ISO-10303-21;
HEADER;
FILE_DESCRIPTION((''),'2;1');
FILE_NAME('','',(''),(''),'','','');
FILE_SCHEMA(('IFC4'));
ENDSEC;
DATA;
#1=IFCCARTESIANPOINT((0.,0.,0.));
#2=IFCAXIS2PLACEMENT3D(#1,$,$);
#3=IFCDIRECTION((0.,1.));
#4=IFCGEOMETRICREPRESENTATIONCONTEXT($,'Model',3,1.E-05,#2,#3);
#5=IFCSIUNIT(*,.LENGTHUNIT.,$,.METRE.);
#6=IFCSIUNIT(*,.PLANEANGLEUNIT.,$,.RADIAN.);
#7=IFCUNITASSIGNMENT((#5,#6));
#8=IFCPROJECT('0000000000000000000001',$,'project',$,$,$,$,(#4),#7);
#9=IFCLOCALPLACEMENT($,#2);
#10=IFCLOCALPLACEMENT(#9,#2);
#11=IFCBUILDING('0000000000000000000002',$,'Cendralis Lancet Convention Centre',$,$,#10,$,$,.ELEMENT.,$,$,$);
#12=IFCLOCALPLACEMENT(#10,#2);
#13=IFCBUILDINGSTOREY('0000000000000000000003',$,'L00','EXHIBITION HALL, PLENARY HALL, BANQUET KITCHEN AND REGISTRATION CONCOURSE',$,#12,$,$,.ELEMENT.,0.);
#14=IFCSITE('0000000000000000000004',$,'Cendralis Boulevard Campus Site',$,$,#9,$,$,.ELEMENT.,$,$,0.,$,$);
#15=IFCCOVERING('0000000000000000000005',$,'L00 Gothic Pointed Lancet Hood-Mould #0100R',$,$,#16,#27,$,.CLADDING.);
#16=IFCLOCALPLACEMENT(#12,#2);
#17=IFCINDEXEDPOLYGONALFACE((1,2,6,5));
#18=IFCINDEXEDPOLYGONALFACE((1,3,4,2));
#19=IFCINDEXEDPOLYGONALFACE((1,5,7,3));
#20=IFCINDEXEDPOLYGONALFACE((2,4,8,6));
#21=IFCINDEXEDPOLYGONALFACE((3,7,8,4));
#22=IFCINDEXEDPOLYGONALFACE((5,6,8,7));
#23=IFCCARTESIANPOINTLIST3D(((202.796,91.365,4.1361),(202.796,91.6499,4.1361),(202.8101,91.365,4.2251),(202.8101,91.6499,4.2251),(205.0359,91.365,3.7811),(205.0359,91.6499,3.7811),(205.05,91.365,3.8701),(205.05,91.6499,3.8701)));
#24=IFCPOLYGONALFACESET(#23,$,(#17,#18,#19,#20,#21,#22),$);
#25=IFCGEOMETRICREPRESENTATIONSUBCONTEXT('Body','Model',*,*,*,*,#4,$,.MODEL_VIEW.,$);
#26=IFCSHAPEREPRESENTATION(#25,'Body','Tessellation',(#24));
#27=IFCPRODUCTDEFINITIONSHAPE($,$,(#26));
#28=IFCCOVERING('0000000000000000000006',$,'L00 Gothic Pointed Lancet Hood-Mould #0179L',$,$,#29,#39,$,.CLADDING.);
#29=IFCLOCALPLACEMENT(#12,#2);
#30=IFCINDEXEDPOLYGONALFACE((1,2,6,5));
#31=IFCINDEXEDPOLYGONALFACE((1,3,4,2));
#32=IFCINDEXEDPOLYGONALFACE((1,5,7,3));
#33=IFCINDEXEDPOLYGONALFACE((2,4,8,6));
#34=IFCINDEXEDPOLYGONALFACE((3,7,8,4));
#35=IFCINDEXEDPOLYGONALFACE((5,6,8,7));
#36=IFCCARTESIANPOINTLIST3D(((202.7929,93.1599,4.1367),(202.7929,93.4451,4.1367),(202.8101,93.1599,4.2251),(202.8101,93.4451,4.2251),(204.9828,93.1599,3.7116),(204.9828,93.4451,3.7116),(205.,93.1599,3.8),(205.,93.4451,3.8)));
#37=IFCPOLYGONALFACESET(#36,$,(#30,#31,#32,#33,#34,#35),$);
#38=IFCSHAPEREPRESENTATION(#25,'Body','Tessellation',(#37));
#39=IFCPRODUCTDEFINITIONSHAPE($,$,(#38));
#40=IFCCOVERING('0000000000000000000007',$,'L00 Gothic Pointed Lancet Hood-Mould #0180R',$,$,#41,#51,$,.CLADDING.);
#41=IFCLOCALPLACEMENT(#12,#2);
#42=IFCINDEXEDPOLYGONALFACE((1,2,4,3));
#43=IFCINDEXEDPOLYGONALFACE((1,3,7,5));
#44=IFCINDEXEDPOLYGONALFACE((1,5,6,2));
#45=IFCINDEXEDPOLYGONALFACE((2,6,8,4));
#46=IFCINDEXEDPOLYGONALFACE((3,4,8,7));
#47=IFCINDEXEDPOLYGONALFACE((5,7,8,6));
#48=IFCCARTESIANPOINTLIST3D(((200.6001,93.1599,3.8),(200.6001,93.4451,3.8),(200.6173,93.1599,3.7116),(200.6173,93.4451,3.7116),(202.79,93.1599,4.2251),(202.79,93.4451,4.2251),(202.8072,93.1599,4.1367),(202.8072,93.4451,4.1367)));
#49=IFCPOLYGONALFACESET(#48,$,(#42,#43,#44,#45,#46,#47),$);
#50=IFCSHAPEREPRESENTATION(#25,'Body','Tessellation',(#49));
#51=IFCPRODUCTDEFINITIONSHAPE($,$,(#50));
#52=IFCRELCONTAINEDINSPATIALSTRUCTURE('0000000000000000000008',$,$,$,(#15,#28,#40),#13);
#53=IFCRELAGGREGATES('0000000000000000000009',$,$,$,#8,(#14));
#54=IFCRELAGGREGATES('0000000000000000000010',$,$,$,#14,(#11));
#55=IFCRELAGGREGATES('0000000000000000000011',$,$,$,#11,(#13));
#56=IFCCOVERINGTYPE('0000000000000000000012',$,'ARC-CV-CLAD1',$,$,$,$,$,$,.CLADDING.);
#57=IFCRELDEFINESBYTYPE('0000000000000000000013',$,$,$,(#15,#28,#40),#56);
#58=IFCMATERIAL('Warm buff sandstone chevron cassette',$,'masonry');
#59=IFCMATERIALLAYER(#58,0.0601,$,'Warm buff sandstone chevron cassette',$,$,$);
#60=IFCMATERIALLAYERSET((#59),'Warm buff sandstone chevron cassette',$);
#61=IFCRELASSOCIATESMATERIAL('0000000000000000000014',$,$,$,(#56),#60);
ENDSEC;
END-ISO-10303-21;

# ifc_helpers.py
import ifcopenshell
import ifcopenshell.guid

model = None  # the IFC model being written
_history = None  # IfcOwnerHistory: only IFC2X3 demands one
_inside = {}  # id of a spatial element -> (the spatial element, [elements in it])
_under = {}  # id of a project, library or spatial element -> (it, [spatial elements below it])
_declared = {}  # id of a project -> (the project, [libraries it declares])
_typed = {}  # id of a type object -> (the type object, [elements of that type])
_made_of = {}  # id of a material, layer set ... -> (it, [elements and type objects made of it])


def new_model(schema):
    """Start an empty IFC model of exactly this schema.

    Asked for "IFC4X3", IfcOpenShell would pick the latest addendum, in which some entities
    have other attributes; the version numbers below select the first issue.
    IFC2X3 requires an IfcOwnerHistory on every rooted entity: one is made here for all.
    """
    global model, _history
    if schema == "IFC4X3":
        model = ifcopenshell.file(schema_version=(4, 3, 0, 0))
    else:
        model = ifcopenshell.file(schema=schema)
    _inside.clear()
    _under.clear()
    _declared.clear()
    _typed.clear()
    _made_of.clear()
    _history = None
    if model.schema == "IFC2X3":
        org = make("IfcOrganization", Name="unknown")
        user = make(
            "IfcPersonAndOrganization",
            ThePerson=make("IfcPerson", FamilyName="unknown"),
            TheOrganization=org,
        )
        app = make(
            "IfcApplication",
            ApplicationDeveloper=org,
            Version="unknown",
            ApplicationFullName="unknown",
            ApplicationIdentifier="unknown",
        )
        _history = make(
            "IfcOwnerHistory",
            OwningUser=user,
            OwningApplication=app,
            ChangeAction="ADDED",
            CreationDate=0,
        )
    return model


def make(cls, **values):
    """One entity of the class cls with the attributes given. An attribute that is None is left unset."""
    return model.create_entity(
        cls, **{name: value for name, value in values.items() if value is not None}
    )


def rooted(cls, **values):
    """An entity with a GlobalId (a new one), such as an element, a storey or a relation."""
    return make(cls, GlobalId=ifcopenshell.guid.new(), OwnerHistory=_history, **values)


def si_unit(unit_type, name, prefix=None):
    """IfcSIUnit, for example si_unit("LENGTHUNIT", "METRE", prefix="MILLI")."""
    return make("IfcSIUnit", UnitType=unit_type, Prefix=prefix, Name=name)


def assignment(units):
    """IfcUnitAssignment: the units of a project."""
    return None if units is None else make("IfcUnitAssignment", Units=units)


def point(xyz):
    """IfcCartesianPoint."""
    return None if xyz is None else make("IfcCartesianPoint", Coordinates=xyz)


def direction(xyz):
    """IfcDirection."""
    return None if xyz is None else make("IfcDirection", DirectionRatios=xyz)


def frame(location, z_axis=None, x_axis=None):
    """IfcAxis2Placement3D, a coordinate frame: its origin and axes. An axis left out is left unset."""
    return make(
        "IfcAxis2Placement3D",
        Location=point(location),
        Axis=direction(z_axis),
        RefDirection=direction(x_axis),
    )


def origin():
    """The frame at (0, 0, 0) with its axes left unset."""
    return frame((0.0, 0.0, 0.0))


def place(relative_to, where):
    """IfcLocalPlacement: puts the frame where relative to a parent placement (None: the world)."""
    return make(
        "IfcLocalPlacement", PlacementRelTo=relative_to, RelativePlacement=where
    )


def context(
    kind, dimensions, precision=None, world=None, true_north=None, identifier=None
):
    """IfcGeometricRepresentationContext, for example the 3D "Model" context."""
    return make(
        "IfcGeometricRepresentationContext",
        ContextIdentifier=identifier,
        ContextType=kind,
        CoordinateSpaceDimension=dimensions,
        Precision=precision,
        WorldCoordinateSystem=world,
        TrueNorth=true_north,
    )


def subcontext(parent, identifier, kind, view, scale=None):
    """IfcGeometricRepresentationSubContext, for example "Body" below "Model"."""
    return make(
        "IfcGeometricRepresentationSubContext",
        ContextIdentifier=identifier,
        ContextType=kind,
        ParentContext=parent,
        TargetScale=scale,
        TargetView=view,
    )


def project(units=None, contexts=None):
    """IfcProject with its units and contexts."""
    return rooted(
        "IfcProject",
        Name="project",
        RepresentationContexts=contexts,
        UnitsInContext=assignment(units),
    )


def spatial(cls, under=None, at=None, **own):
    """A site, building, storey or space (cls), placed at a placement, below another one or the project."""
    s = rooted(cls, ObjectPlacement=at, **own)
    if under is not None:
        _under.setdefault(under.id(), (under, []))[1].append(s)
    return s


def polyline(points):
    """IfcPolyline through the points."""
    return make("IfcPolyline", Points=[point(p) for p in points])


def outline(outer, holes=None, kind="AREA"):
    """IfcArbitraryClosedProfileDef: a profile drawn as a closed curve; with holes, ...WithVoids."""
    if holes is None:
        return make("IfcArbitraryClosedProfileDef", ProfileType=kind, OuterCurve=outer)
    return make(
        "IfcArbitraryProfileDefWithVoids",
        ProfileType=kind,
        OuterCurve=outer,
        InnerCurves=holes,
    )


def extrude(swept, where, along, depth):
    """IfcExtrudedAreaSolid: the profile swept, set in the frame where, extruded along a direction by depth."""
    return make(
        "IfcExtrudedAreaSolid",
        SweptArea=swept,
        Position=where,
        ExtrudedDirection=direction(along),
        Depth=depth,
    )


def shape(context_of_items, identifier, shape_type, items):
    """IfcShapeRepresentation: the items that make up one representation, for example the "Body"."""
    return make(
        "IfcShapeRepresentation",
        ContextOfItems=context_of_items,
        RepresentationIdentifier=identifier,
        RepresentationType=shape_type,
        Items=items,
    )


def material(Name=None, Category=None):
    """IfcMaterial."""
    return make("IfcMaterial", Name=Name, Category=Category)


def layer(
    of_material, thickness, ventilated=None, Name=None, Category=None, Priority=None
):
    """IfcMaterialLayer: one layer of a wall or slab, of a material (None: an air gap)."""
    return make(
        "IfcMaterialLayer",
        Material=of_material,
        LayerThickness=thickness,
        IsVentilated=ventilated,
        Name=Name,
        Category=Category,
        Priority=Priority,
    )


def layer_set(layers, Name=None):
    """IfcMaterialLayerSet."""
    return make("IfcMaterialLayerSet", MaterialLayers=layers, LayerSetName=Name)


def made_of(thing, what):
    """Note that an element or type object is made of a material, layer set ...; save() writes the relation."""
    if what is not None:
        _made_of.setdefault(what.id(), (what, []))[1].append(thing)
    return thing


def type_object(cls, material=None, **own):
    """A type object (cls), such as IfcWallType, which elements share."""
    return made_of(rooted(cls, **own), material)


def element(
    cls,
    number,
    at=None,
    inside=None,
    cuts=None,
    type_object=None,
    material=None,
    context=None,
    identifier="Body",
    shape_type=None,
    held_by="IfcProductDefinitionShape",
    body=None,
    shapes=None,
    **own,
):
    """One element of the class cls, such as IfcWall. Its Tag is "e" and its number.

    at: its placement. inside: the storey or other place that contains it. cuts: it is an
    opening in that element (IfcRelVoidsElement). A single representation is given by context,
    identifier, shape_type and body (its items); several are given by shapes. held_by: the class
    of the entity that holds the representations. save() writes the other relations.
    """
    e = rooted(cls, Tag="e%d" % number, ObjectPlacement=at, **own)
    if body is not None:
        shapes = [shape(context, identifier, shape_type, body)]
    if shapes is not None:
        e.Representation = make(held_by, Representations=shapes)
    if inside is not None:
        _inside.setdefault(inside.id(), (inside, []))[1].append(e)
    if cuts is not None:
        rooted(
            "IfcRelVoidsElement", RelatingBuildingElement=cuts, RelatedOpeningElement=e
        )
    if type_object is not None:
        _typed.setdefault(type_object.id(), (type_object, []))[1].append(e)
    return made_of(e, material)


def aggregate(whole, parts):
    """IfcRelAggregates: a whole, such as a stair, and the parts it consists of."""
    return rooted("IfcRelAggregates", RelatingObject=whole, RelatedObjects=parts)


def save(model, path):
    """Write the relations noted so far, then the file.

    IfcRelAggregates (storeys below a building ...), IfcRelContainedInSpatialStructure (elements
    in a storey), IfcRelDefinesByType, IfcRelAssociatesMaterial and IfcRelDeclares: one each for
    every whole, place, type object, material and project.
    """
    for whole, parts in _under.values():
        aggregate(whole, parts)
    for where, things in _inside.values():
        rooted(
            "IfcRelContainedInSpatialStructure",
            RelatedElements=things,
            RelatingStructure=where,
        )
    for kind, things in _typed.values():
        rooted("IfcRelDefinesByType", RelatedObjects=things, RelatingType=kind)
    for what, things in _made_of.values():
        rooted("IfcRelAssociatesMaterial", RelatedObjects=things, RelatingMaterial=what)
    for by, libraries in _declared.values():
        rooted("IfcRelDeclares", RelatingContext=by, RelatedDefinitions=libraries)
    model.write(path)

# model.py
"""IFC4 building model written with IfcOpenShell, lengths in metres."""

from ifc_helpers import new_model, si_unit, direction, frame, origin, place, context, subcontext, project, spatial, polyline, outline, extrude, material, layer, layer_set, type_object, element, save


model = new_model("IFC4")

# Units and contexts
model_context = context("Model", 3, precision=1e-05, world=origin(), true_north=direction((0.0, 1.0)))
body_context = subcontext(model_context, "Body", "Model", "MODEL_VIEW")
ifc_project = project(units=[si_unit("LENGTHUNIT", "METRE"), si_unit("PLANEANGLEUNIT", "RADIAN")], contexts=[model_context])

# Site, building, storey
site_placement = place(None, origin())
site = spatial("IfcSite", under=ifc_project, at=site_placement, Name="Cendralis Boulevard Campus Site", CompositionType="ELEMENT", RefElevation=0.0)
building_placement = place(site_placement, origin())
building = spatial("IfcBuilding", under=site, at=building_placement, Name="Cendralis Lancet Convention Centre", CompositionType="ELEMENT")
storey_placement = place(building_placement, origin())
storey = spatial("IfcBuildingStorey", under=building, at=storey_placement, Name="L00", Description="EXHIBITION HALL, PLENARY HALL, BANQUET KITCHEN AND REGISTRATION CONCOURSE", CompositionType="ELEMENT", Elevation=0.0)

# Coverings
ifc_material_1 = material(Name="Warm buff sandstone chevron cassette", Category="masonry")
ifc_layer_1 = layer(ifc_material_1, 0.0601, Name="Warm buff sandstone chevron cassette")
ifc_layer_set_1 = layer_set([ifc_layer_1], Name="Warm buff sandstone chevron cassette")
covering_type = type_object("IfcCoveringType", Name="ARC-CV-CLAD1", PredefinedType="CLADDING", material=ifc_layer_set_1)
for number, where, z_axis, x_axis, name in (
    (1, (202.8101, 91.6499, 4.2251), (0.156521, 0.0, 0.987675), (0.0, -1.0, 0.0), "L00 Gothic Pointed Lancet Hood-Mould #0100R"),
):
    element("IfcCovering", number, at=place(storey_placement, frame(where, z_axis=z_axis, x_axis=x_axis)), inside=storey, type_object=covering_type, Name=name, PredefinedType="CLADDING", context=body_context, shape_type="SweptSolid", body=[
        extrude(outline(polyline([(0.0, 0.0), (0.2849, 0.0), (0.2849, 2.2679), (0.0, 2.2679), (0.0, 0.0)])), origin(), (0.0, 0.0, -1.0), 0.0901),
    ])
for number, where, z_axis, x_axis, name in (
    (2, (205.0, 93.1599, 3.8), (0.190536, 0.0, 0.98168), (0.0, 1.0, 0.0), "L00 Gothic Pointed Lancet Hood-Mould #0179L"),
    (3, (202.79, 93.1599, 4.2251), (-0.190536, 0.0, 0.98168), (0.0, 1.0, 0.0), "L00 Gothic Pointed Lancet Hood-Mould #0180R"),
):
    element("IfcCovering", number, at=place(storey_placement, frame(where, z_axis=z_axis, x_axis=x_axis)), inside=storey, type_object=covering_type, Name=name, PredefinedType="CLADDING", context=body_context, shape_type="SweptSolid", body=[
        extrude(outline(polyline([(0.0, 0.0), (0.2852, 0.0), (0.2852, 2.2308), (0.0, 2.2308), (0.0, 0.0)])), origin(), (0.0, 0.0, -1.0), 0.0901),
    ])

save(model, "model.ifc")
